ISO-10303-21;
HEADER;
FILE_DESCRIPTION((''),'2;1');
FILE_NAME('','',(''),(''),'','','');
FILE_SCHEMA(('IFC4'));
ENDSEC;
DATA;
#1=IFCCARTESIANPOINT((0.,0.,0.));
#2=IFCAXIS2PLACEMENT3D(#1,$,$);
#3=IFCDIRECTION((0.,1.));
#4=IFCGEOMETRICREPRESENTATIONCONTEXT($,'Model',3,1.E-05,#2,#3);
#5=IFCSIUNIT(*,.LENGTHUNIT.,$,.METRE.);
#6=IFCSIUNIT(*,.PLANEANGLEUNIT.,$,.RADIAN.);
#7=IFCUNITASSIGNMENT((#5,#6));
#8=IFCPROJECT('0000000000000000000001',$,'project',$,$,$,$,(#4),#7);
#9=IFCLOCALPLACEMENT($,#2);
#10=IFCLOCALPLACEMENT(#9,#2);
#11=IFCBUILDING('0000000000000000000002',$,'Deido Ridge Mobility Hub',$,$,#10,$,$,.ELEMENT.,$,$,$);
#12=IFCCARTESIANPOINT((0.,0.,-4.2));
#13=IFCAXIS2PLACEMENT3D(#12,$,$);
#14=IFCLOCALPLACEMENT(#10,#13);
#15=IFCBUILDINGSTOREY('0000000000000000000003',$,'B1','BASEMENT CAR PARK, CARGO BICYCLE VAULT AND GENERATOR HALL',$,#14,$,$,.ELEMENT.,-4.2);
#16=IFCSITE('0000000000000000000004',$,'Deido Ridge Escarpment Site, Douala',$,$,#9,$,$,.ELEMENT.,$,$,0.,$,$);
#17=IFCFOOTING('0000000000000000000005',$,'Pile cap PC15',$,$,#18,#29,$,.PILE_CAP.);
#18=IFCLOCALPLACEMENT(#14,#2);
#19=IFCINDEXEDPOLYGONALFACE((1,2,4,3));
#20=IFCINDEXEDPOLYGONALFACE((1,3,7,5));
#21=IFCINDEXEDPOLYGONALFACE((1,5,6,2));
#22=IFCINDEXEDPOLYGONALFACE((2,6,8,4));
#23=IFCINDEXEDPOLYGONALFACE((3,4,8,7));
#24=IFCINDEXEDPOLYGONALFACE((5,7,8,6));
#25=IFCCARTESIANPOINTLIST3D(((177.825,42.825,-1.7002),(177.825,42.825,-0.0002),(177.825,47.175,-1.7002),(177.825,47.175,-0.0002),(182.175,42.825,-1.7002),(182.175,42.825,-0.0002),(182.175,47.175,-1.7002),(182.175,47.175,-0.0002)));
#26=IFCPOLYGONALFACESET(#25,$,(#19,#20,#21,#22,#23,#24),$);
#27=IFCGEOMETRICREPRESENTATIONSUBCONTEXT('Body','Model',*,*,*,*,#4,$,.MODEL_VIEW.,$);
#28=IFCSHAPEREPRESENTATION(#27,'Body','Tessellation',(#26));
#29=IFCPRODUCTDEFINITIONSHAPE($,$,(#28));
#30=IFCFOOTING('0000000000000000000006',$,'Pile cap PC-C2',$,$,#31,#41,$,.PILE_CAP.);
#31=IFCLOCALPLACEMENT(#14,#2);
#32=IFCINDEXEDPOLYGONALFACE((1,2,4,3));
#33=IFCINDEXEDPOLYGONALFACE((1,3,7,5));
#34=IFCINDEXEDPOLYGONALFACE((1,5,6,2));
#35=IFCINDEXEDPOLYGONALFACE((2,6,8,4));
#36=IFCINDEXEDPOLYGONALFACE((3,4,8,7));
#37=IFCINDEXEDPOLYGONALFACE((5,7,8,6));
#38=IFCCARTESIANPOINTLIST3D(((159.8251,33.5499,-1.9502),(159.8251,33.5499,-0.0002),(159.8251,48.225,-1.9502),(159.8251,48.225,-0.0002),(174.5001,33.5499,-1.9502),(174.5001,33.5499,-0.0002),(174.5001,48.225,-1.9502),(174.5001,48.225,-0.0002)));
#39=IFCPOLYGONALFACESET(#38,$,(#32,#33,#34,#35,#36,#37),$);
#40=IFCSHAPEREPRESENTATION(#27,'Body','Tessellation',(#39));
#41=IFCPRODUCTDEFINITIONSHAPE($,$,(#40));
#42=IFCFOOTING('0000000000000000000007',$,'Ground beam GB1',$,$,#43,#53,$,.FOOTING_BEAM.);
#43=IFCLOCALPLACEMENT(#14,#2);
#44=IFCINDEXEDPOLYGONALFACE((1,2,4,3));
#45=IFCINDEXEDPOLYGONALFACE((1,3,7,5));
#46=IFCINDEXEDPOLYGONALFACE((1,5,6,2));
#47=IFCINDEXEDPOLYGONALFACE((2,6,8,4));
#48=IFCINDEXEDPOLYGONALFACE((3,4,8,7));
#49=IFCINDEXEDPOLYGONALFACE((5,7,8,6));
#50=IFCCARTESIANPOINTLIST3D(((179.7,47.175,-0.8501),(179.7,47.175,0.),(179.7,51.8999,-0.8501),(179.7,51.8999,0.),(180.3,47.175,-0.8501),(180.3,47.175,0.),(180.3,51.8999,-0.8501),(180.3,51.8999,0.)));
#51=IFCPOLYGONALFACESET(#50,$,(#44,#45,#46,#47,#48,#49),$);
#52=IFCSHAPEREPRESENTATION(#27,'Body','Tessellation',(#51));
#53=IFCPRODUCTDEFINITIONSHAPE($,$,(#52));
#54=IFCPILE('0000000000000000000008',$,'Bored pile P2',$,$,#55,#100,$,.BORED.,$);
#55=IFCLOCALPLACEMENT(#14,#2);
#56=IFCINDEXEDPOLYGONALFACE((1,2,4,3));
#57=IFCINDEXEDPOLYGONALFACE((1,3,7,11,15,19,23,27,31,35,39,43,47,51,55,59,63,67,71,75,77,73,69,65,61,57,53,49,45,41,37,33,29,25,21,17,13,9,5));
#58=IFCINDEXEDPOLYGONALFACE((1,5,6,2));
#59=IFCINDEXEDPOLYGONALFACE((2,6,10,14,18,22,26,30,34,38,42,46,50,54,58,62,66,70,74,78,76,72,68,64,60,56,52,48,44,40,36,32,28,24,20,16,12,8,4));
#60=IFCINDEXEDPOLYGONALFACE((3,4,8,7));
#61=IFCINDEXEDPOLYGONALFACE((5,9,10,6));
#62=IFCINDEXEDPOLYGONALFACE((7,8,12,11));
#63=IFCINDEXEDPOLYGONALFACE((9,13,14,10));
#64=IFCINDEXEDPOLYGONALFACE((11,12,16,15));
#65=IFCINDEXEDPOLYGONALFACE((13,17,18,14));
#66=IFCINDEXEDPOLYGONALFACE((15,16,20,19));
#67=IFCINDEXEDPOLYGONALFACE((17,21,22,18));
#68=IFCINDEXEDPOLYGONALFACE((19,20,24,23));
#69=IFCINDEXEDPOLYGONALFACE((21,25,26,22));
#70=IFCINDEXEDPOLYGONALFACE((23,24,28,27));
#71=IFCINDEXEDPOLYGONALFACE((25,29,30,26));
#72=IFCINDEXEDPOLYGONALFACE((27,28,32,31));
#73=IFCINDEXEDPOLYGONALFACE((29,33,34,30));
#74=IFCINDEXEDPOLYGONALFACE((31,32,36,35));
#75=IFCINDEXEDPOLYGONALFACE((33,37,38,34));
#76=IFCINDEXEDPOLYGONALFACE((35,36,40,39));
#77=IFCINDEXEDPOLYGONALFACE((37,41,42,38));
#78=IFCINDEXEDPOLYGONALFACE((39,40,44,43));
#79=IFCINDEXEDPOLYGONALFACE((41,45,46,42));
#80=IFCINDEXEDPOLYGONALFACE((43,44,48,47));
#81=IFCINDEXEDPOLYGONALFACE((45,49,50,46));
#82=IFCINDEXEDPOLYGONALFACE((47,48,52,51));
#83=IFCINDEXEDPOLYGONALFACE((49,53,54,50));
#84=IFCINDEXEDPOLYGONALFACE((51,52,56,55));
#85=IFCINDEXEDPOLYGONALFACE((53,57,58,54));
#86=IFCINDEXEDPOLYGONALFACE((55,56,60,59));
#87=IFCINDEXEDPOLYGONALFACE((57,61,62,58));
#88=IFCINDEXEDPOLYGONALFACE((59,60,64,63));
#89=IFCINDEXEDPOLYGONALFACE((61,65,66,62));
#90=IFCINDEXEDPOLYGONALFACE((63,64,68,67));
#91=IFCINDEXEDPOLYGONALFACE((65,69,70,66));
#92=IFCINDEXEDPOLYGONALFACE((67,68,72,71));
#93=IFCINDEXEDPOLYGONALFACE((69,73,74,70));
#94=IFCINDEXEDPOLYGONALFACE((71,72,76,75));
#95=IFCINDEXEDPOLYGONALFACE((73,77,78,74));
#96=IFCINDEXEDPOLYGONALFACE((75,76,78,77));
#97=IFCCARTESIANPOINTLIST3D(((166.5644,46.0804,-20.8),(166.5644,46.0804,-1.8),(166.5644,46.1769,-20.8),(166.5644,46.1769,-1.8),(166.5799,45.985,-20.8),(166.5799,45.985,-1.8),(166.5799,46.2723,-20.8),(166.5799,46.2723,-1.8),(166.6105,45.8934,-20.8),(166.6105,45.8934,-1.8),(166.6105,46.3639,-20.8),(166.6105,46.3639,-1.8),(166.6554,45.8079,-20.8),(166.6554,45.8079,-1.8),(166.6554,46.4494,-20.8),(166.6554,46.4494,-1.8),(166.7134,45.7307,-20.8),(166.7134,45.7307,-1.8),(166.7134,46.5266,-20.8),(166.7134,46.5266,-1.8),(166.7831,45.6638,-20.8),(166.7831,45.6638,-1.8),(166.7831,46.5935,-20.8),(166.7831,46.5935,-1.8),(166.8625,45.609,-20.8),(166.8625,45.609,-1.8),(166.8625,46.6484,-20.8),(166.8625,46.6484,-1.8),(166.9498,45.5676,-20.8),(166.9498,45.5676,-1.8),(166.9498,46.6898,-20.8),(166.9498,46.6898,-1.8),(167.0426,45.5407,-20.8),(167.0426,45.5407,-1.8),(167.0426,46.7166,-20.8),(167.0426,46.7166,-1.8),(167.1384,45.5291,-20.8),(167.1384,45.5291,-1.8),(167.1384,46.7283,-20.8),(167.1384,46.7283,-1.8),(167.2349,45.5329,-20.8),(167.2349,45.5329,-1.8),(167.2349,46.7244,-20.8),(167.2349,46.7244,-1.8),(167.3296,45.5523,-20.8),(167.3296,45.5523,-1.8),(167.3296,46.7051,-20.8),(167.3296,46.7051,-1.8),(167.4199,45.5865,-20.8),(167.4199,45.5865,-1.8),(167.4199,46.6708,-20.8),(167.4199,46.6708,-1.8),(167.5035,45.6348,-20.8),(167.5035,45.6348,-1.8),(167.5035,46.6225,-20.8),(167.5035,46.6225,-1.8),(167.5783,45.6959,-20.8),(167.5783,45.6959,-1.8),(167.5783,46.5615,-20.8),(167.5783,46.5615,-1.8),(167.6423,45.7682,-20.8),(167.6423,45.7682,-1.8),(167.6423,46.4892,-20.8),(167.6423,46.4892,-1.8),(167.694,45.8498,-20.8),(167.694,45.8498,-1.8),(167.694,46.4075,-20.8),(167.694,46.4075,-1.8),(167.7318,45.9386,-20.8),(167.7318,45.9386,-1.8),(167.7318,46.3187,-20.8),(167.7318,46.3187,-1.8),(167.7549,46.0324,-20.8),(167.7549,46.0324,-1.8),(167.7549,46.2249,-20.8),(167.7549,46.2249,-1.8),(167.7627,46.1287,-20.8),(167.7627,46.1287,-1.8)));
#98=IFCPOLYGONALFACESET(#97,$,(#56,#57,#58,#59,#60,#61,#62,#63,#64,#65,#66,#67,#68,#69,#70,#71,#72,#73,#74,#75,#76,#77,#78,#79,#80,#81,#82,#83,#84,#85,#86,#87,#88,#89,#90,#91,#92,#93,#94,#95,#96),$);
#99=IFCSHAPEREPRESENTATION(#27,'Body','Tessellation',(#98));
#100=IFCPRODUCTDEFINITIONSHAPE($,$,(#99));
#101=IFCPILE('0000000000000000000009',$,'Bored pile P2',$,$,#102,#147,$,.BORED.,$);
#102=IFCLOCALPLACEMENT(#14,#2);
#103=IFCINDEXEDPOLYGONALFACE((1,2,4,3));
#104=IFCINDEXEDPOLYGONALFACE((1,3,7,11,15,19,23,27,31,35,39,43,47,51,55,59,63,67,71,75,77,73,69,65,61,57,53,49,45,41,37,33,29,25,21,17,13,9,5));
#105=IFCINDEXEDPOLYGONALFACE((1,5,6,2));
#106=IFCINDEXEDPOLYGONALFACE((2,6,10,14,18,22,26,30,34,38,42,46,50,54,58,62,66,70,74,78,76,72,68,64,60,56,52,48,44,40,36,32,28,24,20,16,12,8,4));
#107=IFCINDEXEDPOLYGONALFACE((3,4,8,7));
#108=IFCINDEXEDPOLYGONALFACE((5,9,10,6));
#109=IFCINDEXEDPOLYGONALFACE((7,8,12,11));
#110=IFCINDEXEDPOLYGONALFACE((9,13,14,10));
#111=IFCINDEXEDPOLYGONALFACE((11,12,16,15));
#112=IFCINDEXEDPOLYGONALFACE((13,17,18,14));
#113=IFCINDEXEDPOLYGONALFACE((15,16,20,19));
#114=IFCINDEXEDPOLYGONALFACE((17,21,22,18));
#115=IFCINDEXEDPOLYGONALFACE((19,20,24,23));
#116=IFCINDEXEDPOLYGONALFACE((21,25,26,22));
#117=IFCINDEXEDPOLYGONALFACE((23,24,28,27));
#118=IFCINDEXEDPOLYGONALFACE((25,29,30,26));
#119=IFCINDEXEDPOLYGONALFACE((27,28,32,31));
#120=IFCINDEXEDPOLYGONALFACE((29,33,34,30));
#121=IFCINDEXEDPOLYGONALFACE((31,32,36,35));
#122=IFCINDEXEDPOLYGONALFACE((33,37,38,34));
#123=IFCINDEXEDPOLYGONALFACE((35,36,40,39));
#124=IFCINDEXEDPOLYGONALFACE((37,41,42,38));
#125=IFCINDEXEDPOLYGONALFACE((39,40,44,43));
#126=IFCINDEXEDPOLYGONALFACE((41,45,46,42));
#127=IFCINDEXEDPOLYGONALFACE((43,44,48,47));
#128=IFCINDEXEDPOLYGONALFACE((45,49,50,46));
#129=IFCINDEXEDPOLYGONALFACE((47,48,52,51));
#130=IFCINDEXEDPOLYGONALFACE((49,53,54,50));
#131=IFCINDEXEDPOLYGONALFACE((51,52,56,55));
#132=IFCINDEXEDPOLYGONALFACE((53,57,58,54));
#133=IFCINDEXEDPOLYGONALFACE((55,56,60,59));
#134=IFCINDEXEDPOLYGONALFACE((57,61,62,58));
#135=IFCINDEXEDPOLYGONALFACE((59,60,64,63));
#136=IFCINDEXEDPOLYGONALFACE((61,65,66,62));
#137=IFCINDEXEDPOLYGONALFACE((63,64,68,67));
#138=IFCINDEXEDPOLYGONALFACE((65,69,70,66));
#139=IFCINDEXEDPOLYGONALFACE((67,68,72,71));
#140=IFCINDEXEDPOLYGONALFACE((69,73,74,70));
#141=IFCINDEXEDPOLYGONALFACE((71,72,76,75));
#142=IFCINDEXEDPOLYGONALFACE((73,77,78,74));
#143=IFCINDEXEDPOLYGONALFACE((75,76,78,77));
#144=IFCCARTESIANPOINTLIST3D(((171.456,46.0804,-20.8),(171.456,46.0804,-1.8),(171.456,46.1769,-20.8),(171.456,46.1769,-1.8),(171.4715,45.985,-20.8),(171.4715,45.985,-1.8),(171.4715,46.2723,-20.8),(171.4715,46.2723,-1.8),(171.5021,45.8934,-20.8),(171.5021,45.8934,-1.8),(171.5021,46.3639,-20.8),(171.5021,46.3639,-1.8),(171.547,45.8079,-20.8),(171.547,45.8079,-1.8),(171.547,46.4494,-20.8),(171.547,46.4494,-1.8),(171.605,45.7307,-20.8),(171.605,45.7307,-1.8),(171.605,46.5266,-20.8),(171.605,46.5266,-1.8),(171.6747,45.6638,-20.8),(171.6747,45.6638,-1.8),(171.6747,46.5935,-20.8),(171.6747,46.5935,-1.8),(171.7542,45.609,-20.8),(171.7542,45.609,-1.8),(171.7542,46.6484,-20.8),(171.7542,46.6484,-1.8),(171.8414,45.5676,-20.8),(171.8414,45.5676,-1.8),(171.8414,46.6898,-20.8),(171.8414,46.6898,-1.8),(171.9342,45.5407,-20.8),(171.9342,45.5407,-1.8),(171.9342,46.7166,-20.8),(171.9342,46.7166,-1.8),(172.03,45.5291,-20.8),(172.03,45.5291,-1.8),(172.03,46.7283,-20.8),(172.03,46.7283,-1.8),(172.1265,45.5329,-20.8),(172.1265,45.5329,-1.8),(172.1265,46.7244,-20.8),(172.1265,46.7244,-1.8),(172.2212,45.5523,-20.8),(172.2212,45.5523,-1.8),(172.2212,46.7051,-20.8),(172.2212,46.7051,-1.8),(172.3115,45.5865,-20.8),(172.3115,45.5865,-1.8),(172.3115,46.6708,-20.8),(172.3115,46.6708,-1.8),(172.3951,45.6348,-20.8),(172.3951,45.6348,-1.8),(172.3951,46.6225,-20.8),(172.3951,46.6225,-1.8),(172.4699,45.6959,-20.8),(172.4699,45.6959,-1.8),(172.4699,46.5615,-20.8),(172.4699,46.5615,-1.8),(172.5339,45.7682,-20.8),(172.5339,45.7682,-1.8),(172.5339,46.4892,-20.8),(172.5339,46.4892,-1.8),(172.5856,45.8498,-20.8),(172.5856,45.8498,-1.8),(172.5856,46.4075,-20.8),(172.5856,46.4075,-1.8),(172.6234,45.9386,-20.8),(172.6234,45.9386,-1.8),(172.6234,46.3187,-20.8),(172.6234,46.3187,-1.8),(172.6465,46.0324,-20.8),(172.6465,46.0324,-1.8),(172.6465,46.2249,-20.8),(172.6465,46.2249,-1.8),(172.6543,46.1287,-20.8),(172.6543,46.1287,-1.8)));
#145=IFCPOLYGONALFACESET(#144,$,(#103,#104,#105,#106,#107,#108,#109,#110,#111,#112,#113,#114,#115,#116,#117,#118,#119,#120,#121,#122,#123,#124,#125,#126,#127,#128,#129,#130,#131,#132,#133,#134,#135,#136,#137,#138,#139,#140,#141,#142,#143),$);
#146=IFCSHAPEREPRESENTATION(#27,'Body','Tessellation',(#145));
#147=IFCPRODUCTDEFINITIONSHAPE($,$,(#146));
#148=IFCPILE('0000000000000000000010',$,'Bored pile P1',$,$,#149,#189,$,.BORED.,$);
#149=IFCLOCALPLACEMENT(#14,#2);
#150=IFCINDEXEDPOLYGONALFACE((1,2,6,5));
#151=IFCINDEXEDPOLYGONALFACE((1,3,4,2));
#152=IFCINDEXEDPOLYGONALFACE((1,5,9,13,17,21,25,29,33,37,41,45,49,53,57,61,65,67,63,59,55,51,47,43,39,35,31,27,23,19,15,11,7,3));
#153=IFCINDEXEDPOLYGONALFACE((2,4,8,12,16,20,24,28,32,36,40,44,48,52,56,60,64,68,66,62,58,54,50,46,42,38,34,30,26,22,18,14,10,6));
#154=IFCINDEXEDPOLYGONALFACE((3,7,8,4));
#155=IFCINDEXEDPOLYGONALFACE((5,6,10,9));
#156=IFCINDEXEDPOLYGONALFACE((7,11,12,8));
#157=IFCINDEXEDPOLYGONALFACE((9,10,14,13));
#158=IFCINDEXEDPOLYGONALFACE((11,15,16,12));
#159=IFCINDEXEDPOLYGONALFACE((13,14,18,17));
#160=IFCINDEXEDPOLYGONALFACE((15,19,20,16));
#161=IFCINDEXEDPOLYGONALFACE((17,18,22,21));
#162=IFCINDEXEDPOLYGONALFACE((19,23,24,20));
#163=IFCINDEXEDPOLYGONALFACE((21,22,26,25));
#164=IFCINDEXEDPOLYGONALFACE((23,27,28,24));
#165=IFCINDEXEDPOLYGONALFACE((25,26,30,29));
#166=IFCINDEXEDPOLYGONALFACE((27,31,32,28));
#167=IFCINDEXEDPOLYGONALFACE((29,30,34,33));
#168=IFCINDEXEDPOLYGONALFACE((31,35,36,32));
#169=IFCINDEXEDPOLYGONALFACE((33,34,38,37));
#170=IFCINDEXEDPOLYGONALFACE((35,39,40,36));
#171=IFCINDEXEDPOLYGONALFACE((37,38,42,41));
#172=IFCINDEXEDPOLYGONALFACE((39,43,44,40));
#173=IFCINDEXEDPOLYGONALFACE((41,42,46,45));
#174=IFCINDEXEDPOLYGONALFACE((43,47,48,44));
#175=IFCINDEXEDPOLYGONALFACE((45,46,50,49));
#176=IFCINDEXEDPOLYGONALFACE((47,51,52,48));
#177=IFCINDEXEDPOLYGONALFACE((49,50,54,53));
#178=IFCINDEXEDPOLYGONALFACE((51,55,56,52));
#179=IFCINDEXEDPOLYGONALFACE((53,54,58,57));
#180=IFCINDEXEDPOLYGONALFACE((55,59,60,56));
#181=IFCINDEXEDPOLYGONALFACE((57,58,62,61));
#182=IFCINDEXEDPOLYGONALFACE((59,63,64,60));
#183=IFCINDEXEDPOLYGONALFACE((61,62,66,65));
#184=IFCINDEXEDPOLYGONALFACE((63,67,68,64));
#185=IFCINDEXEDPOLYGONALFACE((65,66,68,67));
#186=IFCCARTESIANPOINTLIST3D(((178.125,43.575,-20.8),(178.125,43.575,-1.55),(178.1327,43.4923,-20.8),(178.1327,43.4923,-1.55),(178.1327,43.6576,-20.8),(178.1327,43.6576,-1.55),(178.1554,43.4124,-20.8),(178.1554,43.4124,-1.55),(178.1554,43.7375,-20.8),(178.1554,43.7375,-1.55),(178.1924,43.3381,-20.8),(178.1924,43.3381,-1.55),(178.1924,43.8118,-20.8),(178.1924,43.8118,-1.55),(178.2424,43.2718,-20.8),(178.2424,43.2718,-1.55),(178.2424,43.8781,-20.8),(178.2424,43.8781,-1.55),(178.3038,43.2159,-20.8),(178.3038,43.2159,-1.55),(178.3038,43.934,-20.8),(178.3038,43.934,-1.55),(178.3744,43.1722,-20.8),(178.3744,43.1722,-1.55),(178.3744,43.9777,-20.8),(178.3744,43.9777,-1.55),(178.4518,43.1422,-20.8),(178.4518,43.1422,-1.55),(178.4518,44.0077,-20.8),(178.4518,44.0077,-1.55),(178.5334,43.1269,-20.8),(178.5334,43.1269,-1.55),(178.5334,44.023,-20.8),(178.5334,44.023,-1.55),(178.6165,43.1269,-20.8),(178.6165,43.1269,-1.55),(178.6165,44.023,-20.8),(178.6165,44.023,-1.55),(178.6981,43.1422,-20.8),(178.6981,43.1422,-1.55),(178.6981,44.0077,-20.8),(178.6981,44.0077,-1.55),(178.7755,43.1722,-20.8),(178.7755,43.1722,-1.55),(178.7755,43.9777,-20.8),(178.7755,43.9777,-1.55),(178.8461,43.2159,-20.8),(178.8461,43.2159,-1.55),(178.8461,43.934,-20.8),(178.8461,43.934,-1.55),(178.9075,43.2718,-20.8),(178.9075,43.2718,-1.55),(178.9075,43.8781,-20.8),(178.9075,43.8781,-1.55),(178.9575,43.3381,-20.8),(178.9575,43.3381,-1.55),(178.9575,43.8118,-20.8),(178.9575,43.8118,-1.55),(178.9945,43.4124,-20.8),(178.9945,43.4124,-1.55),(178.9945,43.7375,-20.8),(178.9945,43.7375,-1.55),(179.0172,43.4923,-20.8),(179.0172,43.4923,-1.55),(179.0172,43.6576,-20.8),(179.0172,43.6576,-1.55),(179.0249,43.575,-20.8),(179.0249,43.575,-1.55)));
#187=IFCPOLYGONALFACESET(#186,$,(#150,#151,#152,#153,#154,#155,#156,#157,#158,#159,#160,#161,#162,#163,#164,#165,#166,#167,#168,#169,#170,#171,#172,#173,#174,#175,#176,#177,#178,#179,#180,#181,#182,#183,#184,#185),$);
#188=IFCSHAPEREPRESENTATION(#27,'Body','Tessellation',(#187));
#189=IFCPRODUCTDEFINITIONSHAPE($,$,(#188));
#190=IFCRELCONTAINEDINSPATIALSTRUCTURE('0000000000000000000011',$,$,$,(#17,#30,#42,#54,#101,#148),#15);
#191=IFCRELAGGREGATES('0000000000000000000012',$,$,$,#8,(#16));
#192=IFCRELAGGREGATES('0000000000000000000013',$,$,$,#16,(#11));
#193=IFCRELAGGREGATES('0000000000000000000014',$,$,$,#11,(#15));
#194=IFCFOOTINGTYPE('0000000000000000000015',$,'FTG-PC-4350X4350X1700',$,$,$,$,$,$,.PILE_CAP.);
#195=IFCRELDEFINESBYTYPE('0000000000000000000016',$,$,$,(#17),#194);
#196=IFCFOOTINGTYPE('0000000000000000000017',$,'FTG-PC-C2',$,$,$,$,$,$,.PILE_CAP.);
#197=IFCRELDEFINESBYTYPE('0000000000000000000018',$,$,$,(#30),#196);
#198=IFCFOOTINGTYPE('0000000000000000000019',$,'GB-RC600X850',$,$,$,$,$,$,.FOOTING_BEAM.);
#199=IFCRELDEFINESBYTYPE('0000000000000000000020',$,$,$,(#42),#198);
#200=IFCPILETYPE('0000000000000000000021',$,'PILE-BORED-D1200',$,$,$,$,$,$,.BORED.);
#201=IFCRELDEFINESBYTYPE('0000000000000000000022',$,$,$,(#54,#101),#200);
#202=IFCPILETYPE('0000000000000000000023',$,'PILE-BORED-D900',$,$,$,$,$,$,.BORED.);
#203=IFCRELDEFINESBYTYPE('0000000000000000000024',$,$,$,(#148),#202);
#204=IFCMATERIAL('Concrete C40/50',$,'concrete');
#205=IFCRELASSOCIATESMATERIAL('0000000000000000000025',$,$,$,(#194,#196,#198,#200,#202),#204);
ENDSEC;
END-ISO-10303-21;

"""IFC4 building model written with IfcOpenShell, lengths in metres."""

from ifc_helpers import new_model, si_unit, direction, frame, origin, origin_2d, place, context, subcontext, project, spatial, rectangle, circle, extrude, material, material_profile, profile_set, type_object, element, save


model = new_model("IFC4")

# Units and contexts
model_context = context("Model", 3, precision=1e-05, world=origin(), true_north=direction((0.0, 1.0)))
body_context = subcontext(model_context, "Body", "Model", "MODEL_VIEW")
ifc_project = project(units=[si_unit("LENGTHUNIT", "METRE"), si_unit("PLANEANGLEUNIT", "RADIAN")], contexts=[model_context])

# Site, building, storey
site_placement = place(None, origin())
site = spatial("IfcSite", under=ifc_project, at=site_placement, Name="Deido Ridge Escarpment Site, Douala", CompositionType="ELEMENT", RefElevation=0.0)
building_placement = place(site_placement, origin())
building = spatial("IfcBuilding", under=site, at=building_placement, Name="Deido Ridge Mobility Hub", CompositionType="ELEMENT")
storey_placement = place(building_placement, frame((0.0, 0.0, -4.2)))
storey = spatial("IfcBuildingStorey", under=building, at=storey_placement, Name="B1", Description="BASEMENT CAR PARK, CARGO BICYCLE VAULT AND GENERATOR HALL", CompositionType="ELEMENT", Elevation=-4.2)

# Footings
ifc_material_1 = material(Name="Concrete C40/50", Category="concrete")
footing_type_1 = type_object("IfcFootingType", Name="FTG-PC-4350X4350X1700", PredefinedType="PILE_CAP", material=ifc_material_1)
footing_1_placement = place(storey_placement, frame((180.0, 45.0, -1.7002), z_axis=(0.0, 0.0, 1.0), x_axis=(1.0, 0.0, 0.0)))
element("IfcFooting", 1, at=footing_1_placement, inside=storey, type_object=footing_type_1, Name="Pile cap PC15", PredefinedType="PILE_CAP", context=body_context, shape_type="SweptSolid", body=[
    extrude(rectangle(XDim=4.3501, YDim=4.3501, at=origin_2d()), origin(), (0.0, 0.0, 1.0), 1.7),
])
footing_type_2 = type_object("IfcFootingType", Name="FTG-PC-C2", PredefinedType="PILE_CAP", material=ifc_material_1)
footing_2_placement = place(storey_placement, frame((167.1626, 40.8875, -1.9502), z_axis=(0.0, 0.0, 1.0), x_axis=(1.0, 0.0, 0.0)))
element("IfcFooting", 2, at=footing_2_placement, inside=storey, type_object=footing_type_2, Name="Pile cap PC-C2", PredefinedType="PILE_CAP", context=body_context, shape_type="SweptSolid", body=[
    extrude(rectangle(XDim=14.675, YDim=14.675, at=origin_2d()), origin(), (0.0, 0.0, 1.0), 1.95),
])
ifc_material_profile_1 = material_profile(ifc_material_1, rectangle(XDim=0.6001, YDim=0.8501, at=origin_2d()), Name="RC GB 600x850")
ifc_profile_set_1 = profile_set([ifc_material_profile_1], Name="Concrete C40/50")
footing_type_3 = type_object("IfcFootingType", Name="GB-RC600X850", PredefinedType="FOOTING_BEAM", material=ifc_profile_set_1)
footing_3_placement = place(storey_placement, frame((180.0, 47.175, -0.425), z_axis=(0.0, 1.0, 0.0), x_axis=(-1.0, 0.0, 0.0)))
element("IfcFooting", 3, at=footing_3_placement, inside=storey, type_object=footing_type_3, Name="Ground beam GB1", PredefinedType="FOOTING_BEAM", context=body_context, shape_type="SweptSolid", body=[
    extrude(rectangle(XDim=0.6001, YDim=0.8501, at=origin_2d()), origin(), (0.0, 0.0, 1.0), 4.7249),
])

# Piles
ifc_material_profile_2 = material_profile(ifc_material_1, circle(Radius=0.6001, at=origin_2d()), Name="BORED PILE D1200")
ifc_profile_set_2 = profile_set([ifc_material_profile_2], Name="Concrete C40/50")
pile_type_1 = type_object("IfcPileType", Name="PILE-BORED-D1200", PredefinedType="BORED", material=ifc_profile_set_2)
for number, where, z_axis, x_axis, name in (
    (4, (167.1626, 46.1287, -1.8), (0.0, 0.0, -1.0), (1.0, 0.0, 0.0), "Bored pile P2"),
    (5, (172.0542, 46.1287, -1.8), (0.0, 0.0, -1.0), (1.0, 0.0, 0.0), "Bored pile P2"),
):
    element("IfcPile", number, at=place(storey_placement, frame(where, z_axis=z_axis, x_axis=x_axis)), inside=storey, type_object=pile_type_1, Name=name, PredefinedType="BORED", context=body_context, shape_type="SweptSolid", body=[
        extrude(circle(Radius=0.6001, at=origin_2d()), origin(), (0.0, 0.0, 1.0), 19.0),
    ])
ifc_material_profile_3 = material_profile(ifc_material_1, circle(Radius=0.45, at=origin_2d()), Name="BORED PILE D900")
ifc_profile_set_3 = profile_set([ifc_material_profile_3], Name="Concrete C40/50")
pile_type_2 = type_object("IfcPileType", Name="PILE-BORED-D900", PredefinedType="BORED", material=ifc_profile_set_3)
for number, where, z_axis, x_axis, name in (
    (6, (178.575, 43.575, -1.55), (0.0, 0.0, -1.0), (1.0, 0.0, 0.0), "Bored pile P1"),
):
    element("IfcPile", number, at=place(storey_placement, frame(where, z_axis=z_axis, x_axis=x_axis)), inside=storey, type_object=pile_type_2, Name=name, PredefinedType="BORED", context=body_context, shape_type="SweptSolid", body=[
        extrude(circle(Radius=0.45, at=origin_2d()), origin(), (0.0, 0.0, 1.0), 19.25),
    ])

save(model, "model.ifc")
